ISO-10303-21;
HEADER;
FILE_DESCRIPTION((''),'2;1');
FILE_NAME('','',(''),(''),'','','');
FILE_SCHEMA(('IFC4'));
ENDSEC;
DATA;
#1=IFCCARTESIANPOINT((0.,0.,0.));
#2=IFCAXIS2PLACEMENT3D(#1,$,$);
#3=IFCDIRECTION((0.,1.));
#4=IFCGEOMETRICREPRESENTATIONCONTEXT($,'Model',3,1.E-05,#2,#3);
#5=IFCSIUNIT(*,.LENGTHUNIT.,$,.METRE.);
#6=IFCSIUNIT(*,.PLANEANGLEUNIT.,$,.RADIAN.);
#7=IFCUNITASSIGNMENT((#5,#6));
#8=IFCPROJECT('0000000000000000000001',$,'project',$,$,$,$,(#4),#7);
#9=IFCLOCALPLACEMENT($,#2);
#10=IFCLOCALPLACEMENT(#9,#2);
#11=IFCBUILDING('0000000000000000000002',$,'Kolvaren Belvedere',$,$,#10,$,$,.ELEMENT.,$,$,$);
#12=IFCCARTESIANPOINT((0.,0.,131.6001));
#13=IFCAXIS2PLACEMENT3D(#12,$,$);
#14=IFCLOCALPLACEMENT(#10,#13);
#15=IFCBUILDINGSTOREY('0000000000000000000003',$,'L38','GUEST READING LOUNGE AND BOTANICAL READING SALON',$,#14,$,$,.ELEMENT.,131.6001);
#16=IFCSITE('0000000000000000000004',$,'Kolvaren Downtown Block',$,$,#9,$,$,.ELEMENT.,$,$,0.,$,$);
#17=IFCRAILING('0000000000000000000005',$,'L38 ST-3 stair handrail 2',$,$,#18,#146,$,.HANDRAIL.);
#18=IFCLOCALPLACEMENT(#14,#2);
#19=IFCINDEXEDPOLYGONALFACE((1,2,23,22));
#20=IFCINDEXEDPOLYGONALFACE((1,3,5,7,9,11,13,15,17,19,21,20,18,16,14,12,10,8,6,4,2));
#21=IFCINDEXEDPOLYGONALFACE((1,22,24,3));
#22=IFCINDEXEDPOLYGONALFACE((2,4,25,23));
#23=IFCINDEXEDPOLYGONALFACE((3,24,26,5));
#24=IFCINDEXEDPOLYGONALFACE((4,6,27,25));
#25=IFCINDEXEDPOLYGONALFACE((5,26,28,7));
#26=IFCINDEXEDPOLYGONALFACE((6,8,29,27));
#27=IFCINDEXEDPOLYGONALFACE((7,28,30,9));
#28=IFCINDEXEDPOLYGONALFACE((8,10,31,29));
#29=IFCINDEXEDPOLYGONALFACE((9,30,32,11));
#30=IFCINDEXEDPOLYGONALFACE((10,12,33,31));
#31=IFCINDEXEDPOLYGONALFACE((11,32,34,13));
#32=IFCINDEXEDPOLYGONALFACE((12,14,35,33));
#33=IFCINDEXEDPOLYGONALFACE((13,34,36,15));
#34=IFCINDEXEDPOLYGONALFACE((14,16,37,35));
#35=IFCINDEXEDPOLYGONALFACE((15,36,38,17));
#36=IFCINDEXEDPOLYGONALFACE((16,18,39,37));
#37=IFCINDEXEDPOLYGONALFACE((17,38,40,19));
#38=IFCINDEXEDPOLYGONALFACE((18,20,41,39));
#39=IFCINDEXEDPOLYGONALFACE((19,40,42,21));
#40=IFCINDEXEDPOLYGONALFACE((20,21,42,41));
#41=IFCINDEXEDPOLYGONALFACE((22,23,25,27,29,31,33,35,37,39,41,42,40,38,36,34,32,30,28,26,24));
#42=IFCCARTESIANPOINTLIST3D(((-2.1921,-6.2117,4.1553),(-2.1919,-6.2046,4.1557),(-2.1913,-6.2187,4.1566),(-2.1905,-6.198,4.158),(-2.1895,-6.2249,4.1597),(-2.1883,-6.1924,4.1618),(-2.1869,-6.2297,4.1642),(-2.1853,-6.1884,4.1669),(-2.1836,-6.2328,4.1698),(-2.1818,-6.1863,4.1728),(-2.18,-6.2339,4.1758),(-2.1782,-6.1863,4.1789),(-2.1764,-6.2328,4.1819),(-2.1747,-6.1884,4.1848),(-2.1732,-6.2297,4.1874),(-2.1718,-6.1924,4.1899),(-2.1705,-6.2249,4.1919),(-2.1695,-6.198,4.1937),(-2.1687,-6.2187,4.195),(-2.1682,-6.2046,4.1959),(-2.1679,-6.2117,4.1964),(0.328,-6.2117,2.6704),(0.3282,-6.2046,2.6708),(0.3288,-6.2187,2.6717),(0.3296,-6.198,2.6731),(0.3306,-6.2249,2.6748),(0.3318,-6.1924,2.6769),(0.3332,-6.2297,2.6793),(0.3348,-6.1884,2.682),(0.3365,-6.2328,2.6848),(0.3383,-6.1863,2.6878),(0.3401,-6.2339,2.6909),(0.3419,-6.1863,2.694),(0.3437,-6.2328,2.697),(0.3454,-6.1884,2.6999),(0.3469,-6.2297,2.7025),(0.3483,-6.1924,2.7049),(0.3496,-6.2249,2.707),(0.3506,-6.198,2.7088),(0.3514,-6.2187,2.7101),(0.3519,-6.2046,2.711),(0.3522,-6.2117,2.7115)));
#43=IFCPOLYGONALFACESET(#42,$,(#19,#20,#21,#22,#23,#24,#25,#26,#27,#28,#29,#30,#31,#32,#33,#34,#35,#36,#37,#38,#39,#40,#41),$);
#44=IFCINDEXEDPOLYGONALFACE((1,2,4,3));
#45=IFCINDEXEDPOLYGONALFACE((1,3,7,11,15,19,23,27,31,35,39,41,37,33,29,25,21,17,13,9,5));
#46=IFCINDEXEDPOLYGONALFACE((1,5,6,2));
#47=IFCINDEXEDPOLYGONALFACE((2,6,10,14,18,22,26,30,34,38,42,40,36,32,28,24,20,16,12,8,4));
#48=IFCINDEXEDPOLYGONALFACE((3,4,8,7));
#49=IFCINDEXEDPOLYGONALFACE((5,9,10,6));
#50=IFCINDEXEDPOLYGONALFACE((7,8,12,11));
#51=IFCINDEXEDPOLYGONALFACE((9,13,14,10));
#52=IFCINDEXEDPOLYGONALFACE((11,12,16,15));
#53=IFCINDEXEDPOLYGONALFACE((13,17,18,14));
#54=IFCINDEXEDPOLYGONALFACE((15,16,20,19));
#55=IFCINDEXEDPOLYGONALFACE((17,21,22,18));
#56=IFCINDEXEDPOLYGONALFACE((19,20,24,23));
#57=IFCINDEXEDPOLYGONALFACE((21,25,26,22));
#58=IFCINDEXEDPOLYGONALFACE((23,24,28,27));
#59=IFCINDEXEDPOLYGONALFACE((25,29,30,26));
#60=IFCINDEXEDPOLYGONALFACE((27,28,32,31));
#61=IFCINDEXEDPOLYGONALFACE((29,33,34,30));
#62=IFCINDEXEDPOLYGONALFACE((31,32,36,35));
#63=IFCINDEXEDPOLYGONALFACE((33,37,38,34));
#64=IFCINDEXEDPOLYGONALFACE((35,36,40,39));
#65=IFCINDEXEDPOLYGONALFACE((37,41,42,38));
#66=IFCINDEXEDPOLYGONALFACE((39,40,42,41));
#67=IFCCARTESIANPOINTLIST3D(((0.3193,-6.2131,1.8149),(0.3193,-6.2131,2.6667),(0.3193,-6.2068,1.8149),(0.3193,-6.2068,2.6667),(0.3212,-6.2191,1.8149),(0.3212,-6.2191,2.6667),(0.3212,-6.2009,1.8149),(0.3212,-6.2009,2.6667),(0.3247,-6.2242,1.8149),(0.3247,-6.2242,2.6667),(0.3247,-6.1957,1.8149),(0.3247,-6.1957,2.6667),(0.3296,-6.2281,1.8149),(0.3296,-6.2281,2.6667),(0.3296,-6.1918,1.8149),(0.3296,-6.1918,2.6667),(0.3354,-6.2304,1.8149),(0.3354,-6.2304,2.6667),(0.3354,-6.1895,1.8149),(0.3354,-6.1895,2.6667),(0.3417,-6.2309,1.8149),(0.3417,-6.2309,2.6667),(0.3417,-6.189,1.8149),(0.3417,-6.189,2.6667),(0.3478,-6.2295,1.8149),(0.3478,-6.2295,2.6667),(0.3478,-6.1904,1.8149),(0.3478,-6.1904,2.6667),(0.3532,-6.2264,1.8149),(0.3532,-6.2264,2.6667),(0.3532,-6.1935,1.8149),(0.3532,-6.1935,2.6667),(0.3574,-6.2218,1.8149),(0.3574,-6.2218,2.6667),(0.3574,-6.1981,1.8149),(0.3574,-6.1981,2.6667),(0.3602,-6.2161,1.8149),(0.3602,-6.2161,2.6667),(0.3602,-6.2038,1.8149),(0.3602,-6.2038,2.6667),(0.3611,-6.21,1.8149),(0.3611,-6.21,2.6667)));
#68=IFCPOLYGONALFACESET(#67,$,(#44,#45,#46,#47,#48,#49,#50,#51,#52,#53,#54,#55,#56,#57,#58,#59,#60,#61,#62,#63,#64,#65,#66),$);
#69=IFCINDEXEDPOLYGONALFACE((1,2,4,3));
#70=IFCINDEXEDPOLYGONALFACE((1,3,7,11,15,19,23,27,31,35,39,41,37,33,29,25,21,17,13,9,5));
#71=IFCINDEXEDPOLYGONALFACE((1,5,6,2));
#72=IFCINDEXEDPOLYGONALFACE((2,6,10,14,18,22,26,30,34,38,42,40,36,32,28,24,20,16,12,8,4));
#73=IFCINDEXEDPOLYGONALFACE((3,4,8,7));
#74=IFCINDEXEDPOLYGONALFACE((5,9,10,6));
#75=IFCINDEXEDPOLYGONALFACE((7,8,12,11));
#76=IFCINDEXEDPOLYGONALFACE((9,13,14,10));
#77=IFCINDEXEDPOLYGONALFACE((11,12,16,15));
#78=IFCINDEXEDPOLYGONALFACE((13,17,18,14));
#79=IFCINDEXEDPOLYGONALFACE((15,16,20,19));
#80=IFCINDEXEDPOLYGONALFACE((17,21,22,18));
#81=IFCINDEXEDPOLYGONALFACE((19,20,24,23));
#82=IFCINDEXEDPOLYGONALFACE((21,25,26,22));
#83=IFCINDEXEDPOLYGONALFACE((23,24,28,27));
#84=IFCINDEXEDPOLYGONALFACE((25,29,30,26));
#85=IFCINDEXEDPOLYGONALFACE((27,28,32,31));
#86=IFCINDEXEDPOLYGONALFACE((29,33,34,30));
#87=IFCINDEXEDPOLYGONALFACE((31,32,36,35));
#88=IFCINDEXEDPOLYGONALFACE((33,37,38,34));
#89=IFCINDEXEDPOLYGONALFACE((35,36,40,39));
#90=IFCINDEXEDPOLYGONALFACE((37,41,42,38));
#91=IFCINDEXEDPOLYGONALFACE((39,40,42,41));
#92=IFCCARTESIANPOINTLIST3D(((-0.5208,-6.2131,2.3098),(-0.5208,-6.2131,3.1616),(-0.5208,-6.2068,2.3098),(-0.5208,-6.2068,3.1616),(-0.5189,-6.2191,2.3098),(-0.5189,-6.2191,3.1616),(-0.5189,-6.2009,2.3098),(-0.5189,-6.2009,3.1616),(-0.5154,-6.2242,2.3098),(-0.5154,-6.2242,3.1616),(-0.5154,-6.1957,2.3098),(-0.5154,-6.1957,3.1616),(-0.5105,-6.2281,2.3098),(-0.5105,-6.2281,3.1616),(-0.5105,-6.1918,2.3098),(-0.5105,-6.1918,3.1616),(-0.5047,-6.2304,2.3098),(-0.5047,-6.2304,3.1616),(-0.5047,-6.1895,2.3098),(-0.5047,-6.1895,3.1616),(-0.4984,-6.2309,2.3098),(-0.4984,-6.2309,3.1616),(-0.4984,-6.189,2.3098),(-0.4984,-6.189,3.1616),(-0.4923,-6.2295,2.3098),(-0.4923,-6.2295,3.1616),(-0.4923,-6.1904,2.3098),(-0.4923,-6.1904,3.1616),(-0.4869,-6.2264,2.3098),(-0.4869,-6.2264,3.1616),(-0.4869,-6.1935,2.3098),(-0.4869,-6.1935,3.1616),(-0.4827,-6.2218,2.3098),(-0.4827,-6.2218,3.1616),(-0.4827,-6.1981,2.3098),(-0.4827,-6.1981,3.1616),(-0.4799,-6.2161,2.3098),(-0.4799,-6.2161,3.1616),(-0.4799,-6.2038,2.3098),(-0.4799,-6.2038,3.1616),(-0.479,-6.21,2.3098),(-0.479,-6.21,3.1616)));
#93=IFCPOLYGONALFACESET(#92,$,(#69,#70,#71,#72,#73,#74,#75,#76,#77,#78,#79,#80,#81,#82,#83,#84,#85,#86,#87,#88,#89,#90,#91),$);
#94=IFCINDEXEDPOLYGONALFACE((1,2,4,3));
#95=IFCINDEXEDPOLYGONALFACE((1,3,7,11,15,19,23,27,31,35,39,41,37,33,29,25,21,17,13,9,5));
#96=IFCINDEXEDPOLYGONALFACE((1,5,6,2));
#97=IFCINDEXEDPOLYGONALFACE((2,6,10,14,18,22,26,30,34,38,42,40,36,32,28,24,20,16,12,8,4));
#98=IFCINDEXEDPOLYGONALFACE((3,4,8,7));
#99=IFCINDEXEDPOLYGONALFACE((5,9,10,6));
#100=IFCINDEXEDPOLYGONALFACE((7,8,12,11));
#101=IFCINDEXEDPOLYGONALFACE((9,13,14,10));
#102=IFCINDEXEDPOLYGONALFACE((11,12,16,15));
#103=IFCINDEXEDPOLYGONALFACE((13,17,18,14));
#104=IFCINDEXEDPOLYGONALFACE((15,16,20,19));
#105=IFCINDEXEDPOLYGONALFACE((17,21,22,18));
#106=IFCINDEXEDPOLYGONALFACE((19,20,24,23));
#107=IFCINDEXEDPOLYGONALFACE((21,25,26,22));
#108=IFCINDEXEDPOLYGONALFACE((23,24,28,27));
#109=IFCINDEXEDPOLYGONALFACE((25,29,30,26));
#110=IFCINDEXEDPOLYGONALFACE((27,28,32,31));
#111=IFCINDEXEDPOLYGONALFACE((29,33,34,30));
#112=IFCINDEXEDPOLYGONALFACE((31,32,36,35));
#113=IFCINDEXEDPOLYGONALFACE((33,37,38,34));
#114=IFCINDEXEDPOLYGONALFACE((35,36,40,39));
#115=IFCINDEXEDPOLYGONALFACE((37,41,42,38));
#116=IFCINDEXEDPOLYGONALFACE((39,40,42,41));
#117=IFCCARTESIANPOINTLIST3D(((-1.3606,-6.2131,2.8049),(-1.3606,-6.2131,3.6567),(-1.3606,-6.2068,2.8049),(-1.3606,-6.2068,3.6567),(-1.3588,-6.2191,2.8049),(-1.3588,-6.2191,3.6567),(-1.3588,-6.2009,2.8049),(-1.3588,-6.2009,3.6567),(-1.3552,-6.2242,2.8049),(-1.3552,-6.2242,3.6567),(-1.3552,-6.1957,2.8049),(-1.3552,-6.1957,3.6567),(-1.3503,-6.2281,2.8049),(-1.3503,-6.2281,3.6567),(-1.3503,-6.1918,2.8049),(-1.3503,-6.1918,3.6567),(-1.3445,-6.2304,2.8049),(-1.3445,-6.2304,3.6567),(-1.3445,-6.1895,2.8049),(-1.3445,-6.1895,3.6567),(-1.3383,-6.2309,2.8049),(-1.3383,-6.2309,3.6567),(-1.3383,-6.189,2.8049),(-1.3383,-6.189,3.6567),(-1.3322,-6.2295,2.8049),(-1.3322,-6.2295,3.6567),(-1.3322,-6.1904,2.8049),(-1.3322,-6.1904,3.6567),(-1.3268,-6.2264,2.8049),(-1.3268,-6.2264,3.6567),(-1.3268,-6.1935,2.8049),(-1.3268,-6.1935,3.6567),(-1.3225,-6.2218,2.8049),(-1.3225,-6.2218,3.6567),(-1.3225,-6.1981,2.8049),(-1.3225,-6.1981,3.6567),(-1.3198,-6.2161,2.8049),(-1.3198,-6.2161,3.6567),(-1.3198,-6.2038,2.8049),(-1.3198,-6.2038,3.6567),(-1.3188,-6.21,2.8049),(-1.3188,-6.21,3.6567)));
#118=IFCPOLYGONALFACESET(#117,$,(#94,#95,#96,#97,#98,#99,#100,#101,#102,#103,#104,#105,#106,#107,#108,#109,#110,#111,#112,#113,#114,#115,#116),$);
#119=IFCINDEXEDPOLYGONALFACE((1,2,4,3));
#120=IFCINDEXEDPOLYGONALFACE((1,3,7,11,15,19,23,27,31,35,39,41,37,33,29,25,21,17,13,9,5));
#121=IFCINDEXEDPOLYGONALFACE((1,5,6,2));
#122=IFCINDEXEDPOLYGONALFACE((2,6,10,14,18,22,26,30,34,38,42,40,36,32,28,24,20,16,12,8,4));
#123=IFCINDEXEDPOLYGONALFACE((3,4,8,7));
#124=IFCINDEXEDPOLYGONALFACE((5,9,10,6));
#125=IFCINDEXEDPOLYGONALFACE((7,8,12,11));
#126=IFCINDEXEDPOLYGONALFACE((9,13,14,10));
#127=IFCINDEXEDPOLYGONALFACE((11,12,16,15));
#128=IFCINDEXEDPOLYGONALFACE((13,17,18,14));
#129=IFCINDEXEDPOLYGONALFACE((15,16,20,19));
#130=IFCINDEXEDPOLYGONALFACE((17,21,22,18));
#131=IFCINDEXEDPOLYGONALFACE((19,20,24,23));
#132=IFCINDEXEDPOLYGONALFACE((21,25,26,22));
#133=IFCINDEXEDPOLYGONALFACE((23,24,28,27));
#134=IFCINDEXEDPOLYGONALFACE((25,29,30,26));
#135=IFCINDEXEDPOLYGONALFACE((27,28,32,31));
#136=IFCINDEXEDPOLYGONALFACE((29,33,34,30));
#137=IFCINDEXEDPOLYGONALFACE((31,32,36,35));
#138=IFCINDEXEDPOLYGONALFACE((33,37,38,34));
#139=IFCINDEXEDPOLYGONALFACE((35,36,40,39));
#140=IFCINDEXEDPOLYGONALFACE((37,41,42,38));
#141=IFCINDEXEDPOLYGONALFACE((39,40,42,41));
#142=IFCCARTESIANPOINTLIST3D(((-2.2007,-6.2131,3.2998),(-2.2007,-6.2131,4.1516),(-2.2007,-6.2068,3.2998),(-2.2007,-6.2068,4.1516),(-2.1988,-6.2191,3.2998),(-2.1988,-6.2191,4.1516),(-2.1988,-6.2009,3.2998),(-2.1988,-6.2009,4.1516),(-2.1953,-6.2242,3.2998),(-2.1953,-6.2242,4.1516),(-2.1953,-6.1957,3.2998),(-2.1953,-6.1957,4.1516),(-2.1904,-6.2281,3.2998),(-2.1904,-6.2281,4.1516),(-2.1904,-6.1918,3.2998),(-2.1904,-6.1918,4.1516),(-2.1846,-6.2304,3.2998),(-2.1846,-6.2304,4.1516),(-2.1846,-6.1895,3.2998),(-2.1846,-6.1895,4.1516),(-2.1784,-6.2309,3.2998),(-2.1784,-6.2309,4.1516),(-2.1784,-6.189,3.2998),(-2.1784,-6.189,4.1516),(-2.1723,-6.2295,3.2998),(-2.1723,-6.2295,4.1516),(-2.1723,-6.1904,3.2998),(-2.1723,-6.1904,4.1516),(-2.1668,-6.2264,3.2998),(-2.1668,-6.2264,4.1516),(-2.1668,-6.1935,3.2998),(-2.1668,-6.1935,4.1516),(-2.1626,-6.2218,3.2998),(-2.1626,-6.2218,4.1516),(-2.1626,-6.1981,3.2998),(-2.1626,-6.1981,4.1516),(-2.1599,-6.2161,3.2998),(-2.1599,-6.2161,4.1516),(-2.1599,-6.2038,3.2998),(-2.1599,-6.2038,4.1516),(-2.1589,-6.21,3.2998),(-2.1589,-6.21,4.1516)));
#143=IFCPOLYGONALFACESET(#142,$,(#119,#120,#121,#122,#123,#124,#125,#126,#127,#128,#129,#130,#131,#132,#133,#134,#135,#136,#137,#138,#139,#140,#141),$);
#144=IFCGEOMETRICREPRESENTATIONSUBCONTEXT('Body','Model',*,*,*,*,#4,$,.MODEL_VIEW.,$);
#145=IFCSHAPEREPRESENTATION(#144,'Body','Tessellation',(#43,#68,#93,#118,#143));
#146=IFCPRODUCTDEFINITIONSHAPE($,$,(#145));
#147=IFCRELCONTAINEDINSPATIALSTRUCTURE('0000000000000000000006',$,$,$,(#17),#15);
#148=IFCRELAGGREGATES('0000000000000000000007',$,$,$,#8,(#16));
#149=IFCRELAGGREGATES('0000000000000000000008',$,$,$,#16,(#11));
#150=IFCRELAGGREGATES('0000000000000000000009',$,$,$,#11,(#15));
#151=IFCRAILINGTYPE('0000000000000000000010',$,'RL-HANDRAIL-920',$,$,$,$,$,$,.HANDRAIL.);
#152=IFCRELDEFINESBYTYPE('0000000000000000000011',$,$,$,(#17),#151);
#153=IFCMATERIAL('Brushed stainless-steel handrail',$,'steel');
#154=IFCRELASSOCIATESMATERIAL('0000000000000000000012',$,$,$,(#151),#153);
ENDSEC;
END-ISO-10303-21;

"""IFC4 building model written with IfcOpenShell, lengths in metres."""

from ifc_helpers import new_model, si_unit, direction, frame, origin, origin_2d, place, context, subcontext, project, spatial, circle, extrude, material, type_object, element, save


model = new_model("IFC4")

# Units and contexts
model_context = context("Model", 3, precision=1e-05, world=origin(), true_north=direction((0.0, 1.0)))
body_context = subcontext(model_context, "Body", "Model", "MODEL_VIEW")
ifc_project = project(units=[si_unit("LENGTHUNIT", "METRE"), si_unit("PLANEANGLEUNIT", "RADIAN")], contexts=[model_context])

# Site, building, storey
site_placement = place(None, origin())
site = spatial("IfcSite", under=ifc_project, at=site_placement, Name="Kolvaren Downtown Block", CompositionType="ELEMENT", RefElevation=0.0)
building_placement = place(site_placement, origin())
building = spatial("IfcBuilding", under=site, at=building_placement, Name="Kolvaren Belvedere", CompositionType="ELEMENT")
storey_placement = place(building_placement, frame((0.0, 0.0, 131.6001)))
storey = spatial("IfcBuildingStorey", under=building, at=storey_placement, Name="L38", Description="GUEST READING LOUNGE AND BOTANICAL READING SALON", CompositionType="ELEMENT", Elevation=131.6001)

# Railing
ifc_material_1 = material(Name="Brushed stainless-steel handrail", Category="steel")
railing_type_1 = type_object("IfcRailingType", Name="RL-HANDRAIL-920", PredefinedType="HANDRAIL", material=ifc_material_1)
railing_1_placement = place(storey_placement, frame((0.3401, -6.21, 1.8149)))
element("IfcRailing", 1, at=railing_1_placement, inside=storey, type_object=railing_type_1, Name="L38 ST-3 stair handrail 2", PredefinedType="HANDRAIL", context=body_context, shape_type="SweptSolid", body=[
    extrude(circle(Radius=0.0239, at=origin_2d()), frame((0.0, 0.0, 0.876), z_axis=(-0.861561, 0.0, 0.507655), x_axis=(0.0, -1.0, 0.0)), (0.0, 0.0, 1.0), 2.925),
    extrude(circle(Radius=0.021, at=origin_2d()), origin(), (0.0, 0.0, 1.0), 0.8518),
    extrude(circle(Radius=0.021, at=origin_2d()), frame((-0.8401, 0.0, 0.4949)), (0.0, 0.0, 1.0), 0.8518),
    extrude(circle(Radius=0.021, at=origin_2d()), frame((-1.6799, 0.0, 0.99)), (0.0, 0.0, 1.0), 0.8518),
    extrude(circle(Radius=0.021, at=origin_2d()), frame((-2.52, 0.0, 1.4849)), (0.0, 0.0, 1.0), 0.8518),
])

save(model, "model.ifc")
